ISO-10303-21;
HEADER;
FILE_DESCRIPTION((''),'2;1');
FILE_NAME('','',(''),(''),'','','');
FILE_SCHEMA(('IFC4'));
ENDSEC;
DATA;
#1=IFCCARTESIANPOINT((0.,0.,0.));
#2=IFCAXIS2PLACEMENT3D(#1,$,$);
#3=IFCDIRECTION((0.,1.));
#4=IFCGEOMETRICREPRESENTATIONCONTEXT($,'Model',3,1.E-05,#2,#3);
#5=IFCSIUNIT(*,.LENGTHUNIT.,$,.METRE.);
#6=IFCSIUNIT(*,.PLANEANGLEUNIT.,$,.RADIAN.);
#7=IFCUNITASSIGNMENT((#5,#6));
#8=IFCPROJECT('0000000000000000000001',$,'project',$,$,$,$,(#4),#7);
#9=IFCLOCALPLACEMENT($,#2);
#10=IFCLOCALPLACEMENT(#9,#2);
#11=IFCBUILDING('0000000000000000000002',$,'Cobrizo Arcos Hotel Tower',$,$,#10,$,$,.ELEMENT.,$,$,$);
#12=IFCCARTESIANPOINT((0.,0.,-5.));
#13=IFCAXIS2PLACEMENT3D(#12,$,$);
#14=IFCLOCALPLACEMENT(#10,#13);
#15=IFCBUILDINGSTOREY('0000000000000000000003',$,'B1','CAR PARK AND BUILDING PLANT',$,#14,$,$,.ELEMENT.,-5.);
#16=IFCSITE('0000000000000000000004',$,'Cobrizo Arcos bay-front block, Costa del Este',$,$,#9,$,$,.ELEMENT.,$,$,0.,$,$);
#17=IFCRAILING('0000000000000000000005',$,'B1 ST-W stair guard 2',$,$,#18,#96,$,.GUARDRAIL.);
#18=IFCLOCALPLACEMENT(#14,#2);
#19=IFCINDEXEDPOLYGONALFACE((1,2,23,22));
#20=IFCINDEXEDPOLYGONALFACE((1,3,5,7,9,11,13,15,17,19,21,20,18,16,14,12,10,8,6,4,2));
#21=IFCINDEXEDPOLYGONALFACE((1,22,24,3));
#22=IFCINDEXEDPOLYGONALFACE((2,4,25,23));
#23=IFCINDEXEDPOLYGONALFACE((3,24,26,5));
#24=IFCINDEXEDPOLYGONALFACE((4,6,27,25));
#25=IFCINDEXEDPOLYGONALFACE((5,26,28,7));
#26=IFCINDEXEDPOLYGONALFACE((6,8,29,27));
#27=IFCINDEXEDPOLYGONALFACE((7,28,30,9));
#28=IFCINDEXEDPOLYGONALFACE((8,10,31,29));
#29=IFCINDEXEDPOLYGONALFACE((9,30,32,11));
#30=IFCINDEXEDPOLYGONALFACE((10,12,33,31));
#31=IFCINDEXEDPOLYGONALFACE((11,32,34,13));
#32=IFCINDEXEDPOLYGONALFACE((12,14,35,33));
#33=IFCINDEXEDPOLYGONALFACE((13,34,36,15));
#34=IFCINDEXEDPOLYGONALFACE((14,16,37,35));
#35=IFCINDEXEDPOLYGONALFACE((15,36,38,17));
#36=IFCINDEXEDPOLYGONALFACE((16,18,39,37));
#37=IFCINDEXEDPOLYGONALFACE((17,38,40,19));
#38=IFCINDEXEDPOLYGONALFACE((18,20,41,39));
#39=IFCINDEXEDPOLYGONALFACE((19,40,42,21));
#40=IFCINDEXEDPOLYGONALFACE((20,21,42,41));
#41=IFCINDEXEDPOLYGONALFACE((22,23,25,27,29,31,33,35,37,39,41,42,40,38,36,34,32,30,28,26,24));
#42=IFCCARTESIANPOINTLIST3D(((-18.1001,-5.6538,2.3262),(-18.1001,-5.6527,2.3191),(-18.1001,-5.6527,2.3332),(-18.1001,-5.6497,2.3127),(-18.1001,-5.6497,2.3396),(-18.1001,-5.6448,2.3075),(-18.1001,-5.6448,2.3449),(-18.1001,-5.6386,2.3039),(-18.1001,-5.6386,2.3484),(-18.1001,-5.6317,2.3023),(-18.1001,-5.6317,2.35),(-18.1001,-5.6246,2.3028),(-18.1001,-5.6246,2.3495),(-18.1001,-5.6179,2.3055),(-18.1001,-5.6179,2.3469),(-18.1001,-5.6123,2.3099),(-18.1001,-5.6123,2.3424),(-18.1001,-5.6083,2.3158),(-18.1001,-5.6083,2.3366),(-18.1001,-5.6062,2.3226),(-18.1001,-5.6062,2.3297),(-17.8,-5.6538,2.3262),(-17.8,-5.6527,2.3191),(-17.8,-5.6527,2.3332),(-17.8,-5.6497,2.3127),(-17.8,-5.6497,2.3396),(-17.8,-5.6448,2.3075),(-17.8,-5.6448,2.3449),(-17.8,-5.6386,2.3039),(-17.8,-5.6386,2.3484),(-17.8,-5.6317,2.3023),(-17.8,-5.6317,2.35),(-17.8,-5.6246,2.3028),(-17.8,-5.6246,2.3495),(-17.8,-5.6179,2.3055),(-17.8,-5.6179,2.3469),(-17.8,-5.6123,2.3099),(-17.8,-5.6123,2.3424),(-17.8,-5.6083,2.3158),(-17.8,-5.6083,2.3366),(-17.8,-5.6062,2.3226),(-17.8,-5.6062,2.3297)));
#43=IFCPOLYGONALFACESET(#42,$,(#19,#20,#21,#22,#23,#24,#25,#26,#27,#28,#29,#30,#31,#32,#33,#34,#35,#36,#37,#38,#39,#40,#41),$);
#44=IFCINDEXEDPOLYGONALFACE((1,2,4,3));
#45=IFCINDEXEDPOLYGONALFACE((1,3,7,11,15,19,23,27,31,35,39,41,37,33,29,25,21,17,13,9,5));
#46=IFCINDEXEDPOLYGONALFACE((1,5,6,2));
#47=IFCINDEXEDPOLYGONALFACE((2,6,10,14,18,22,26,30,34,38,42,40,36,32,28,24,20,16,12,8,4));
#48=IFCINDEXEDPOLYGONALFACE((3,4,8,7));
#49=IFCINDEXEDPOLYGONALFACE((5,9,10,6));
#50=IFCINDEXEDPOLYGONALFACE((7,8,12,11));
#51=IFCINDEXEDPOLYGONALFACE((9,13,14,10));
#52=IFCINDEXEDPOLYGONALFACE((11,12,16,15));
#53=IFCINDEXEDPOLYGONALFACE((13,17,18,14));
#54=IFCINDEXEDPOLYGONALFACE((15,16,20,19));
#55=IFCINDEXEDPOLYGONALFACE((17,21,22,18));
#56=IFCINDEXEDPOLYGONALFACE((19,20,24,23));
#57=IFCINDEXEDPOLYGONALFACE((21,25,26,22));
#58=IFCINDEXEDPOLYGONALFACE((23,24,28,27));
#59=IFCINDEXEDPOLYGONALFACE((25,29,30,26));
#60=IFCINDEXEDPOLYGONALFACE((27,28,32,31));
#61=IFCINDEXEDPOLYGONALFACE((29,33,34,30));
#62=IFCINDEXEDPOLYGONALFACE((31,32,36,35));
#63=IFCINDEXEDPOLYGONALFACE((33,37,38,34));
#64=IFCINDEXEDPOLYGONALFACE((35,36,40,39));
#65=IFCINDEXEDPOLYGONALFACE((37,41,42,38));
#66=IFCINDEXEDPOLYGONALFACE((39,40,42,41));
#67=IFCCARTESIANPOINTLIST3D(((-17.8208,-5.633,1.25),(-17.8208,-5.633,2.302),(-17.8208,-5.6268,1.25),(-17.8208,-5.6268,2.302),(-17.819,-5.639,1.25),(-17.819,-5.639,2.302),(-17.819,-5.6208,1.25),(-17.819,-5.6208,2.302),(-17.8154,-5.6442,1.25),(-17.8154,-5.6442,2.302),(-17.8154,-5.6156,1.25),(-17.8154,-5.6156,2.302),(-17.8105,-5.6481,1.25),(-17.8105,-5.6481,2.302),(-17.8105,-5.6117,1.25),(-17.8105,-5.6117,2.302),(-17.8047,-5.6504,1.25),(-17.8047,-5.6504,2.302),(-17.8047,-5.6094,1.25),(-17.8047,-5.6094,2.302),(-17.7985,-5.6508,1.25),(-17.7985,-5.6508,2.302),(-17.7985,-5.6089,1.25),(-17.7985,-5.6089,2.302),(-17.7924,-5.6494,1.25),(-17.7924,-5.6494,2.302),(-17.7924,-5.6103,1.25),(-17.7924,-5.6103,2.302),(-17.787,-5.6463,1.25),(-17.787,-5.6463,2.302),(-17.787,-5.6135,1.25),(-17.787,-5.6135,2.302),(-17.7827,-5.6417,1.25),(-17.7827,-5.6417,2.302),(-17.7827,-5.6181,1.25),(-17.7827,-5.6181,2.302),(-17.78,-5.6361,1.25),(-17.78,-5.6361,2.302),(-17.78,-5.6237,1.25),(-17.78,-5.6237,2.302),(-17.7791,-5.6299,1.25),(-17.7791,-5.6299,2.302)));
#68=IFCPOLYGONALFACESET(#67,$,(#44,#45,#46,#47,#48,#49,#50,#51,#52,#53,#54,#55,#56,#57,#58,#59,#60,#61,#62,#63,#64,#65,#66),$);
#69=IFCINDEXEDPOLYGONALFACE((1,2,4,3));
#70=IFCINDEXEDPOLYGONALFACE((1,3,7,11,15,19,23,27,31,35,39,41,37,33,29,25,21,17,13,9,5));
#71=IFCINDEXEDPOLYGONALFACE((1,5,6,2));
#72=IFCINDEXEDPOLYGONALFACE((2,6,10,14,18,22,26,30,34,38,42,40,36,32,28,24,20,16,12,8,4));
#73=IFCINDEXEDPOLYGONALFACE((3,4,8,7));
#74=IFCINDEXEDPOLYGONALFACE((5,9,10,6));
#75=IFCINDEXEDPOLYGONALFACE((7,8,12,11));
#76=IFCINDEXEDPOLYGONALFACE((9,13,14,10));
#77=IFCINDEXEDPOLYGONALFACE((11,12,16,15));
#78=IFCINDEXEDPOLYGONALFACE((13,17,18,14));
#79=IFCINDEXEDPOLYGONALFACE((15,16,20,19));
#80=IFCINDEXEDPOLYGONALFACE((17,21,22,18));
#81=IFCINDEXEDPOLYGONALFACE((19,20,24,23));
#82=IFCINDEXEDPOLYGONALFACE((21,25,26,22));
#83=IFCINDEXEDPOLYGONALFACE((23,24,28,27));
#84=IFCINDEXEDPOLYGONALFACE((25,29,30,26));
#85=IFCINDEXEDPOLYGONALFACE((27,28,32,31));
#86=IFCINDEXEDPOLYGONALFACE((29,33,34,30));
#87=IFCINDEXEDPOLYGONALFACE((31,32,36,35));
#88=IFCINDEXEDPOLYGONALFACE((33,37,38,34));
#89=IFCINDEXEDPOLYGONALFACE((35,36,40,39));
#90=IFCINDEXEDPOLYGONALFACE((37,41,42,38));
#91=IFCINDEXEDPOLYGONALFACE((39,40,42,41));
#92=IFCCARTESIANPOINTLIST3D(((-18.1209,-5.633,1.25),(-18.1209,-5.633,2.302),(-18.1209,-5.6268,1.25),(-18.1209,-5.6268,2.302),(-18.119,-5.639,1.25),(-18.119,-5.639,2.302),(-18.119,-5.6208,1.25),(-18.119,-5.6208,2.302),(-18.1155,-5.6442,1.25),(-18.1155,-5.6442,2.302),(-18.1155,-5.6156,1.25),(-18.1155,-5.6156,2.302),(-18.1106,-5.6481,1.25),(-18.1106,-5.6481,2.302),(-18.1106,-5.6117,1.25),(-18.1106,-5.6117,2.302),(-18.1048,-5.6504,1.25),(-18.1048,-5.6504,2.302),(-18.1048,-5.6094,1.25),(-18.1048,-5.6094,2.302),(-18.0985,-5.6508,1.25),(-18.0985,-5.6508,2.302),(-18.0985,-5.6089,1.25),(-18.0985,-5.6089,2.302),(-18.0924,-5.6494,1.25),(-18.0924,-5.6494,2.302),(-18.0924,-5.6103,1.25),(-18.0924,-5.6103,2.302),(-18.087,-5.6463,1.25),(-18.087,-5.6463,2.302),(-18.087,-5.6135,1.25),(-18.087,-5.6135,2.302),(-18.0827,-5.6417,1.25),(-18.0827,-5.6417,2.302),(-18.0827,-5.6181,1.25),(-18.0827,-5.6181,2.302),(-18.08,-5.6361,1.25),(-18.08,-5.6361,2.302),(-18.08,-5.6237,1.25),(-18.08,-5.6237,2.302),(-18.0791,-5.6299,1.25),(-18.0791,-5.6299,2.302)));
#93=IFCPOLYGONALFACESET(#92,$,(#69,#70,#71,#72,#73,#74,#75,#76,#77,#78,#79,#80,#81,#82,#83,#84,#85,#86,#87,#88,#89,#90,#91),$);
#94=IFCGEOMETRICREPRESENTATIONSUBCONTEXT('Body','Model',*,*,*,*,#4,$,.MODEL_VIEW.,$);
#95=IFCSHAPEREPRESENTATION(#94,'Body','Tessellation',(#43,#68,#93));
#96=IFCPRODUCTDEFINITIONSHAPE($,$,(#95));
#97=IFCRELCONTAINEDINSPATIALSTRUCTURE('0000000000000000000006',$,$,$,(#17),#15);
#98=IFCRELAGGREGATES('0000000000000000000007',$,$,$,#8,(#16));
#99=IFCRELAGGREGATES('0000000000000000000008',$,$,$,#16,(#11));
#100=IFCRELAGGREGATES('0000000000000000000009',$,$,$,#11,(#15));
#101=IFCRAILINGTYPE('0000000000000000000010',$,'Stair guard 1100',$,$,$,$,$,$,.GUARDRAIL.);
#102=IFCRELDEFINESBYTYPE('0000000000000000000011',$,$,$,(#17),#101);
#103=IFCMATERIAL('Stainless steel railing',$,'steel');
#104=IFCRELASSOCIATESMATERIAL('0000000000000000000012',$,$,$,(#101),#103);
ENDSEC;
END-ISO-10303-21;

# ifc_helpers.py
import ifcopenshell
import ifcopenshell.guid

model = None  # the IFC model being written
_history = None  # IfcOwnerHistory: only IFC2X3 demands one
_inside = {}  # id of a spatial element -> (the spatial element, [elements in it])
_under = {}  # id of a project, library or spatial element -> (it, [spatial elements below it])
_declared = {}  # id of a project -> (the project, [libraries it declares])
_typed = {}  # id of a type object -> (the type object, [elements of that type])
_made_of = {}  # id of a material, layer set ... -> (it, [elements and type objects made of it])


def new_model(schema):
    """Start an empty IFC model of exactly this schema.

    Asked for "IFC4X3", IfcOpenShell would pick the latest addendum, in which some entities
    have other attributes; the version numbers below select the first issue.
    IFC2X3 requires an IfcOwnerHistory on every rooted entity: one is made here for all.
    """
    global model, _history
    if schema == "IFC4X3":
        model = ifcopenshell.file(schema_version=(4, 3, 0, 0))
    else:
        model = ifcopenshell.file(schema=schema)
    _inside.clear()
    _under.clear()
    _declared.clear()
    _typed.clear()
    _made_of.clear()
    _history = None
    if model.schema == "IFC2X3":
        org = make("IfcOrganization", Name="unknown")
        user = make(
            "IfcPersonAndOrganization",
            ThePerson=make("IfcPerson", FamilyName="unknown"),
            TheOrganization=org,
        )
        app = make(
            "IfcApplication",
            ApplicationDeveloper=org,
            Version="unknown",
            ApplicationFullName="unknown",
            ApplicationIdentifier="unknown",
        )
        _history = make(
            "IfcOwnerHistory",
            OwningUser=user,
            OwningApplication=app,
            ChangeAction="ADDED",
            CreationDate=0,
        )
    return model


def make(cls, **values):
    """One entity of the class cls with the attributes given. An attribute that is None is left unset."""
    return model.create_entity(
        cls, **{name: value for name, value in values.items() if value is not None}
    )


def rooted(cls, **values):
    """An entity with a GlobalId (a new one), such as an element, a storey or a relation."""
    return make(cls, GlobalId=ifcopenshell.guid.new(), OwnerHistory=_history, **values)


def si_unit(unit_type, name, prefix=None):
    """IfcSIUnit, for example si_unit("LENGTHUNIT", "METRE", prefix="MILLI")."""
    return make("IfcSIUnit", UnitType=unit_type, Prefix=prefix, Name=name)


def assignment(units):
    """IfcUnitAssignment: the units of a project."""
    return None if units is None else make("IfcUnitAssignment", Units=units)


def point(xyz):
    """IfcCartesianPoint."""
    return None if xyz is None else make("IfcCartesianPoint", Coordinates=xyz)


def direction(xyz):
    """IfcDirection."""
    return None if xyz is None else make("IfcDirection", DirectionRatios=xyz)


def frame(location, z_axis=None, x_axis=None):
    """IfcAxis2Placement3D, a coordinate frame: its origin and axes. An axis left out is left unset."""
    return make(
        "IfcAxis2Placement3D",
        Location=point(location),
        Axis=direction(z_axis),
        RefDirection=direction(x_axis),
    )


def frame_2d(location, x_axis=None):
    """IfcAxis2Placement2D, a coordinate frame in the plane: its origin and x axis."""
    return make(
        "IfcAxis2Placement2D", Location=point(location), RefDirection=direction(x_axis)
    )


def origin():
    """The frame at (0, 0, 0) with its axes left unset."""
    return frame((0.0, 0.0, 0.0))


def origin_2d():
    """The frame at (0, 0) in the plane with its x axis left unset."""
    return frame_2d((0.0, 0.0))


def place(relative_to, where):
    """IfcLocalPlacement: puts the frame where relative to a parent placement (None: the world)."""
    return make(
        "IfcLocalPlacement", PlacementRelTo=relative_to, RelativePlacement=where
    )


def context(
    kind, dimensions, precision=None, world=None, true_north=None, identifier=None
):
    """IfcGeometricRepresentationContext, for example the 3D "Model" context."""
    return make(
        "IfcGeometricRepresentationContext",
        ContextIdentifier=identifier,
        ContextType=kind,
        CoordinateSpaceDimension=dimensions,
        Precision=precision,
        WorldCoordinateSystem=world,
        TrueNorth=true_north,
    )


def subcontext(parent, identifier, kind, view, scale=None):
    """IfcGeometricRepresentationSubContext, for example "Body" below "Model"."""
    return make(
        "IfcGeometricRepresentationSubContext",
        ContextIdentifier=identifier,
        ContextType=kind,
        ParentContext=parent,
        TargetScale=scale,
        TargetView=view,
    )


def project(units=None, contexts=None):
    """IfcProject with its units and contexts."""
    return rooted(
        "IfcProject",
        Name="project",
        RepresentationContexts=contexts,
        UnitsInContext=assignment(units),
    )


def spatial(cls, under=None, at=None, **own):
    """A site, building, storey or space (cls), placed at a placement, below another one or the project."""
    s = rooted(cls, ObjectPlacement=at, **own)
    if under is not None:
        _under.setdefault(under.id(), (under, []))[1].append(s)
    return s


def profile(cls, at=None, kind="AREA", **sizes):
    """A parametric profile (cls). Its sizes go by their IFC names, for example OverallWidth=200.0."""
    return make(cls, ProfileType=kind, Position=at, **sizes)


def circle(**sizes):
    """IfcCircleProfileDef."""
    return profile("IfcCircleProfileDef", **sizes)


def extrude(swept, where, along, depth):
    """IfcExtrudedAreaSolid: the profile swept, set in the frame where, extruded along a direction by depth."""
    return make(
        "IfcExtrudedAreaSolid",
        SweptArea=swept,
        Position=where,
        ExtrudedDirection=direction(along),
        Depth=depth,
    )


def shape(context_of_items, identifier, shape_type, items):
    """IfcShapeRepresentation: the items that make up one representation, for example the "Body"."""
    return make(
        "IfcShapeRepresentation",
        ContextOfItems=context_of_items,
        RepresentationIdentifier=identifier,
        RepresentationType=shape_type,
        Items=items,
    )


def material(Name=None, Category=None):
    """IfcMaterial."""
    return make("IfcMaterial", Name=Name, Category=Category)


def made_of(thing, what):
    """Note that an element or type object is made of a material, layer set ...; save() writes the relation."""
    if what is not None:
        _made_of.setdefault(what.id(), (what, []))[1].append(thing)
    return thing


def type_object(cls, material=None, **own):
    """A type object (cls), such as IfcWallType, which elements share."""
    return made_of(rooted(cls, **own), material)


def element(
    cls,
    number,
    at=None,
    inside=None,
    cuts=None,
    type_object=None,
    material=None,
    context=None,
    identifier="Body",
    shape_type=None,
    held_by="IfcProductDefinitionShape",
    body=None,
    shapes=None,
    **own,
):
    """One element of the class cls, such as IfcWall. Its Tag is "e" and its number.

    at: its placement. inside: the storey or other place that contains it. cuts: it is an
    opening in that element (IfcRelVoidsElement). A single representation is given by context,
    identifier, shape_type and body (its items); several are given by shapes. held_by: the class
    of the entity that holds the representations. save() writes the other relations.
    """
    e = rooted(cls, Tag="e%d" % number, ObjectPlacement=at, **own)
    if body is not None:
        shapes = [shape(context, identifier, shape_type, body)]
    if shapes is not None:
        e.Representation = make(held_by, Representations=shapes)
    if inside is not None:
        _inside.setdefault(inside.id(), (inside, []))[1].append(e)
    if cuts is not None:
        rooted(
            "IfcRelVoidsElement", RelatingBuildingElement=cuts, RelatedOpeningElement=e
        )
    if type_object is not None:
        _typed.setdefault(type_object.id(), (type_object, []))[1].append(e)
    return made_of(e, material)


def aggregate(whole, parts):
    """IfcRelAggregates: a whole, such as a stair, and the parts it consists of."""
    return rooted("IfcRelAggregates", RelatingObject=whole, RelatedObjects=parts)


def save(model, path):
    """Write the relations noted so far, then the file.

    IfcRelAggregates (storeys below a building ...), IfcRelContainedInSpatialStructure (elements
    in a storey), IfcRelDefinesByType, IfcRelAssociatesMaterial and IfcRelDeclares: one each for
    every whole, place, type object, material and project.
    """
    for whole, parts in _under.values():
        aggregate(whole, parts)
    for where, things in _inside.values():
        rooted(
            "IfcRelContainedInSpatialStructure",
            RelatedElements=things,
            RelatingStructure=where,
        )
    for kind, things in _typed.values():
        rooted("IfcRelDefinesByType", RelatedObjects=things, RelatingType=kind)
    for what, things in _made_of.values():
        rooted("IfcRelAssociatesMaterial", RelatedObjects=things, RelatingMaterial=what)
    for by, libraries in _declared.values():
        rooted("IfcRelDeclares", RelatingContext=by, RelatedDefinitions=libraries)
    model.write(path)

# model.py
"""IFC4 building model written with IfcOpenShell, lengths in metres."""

from ifc_helpers import new_model, si_unit, direction, frame, origin, origin_2d, place, context, subcontext, project, spatial, circle, extrude, material, type_object, element, save


model = new_model("IFC4")

# Units and contexts
model_context = context("Model", 3, precision=1e-05, world=origin(), true_north=direction((0.0, 1.0)))
body_context = subcontext(model_context, "Body", "Model", "MODEL_VIEW")
ifc_project = project(units=[si_unit("LENGTHUNIT", "METRE"), si_unit("PLANEANGLEUNIT", "RADIAN")], contexts=[model_context])

# Site, building, storey
site_placement = place(None, origin())
site = spatial("IfcSite", under=ifc_project, at=site_placement, Name="Cobrizo Arcos bay-front block, Costa del Este", CompositionType="ELEMENT", RefElevation=0.0)
building_placement = place(site_placement, origin())
building = spatial("IfcBuilding", under=site, at=building_placement, Name="Cobrizo Arcos Hotel Tower", CompositionType="ELEMENT")
storey_placement = place(building_placement, frame((0.0, 0.0, -5.0)))
storey = spatial("IfcBuildingStorey", under=building, at=storey_placement, Name="B1", Description="CAR PARK AND BUILDING PLANT", CompositionType="ELEMENT", Elevation=-5.0)

# Railing
ifc_material_1 = material(Name="Stainless steel railing", Category="steel")
railing_type_1 = type_object("IfcRailingType", Name="Stair guard 1100", PredefinedType="GUARDRAIL", material=ifc_material_1)
railing_1_placement = place(storey_placement, frame((-17.8, -5.6299, 1.25)))
element("IfcRailing", 1, at=railing_1_placement, inside=storey, type_object=railing_type_1, Name="B1 ST-W stair guard 2", PredefinedType="GUARDRAIL", context=body_context, shape_type="SweptSolid", body=[
    extrude(circle(Radius=0.0239, at=origin_2d()), frame((0.0, 0.0, 1.0762), z_axis=(-1.0, 0.0, 0.0), x_axis=(0.0, -1.0, 0.0)), (0.0, 0.0, 1.0), 0.3),
    extrude(circle(Radius=0.021, at=origin_2d()), origin(), (0.0, 0.0, 1.0), 1.052),
    extrude(circle(Radius=0.021, at=origin_2d()), frame((-0.3, 0.0, 0.0)), (0.0, 0.0, 1.0), 1.052),
])

save(model, "model.ifc")
